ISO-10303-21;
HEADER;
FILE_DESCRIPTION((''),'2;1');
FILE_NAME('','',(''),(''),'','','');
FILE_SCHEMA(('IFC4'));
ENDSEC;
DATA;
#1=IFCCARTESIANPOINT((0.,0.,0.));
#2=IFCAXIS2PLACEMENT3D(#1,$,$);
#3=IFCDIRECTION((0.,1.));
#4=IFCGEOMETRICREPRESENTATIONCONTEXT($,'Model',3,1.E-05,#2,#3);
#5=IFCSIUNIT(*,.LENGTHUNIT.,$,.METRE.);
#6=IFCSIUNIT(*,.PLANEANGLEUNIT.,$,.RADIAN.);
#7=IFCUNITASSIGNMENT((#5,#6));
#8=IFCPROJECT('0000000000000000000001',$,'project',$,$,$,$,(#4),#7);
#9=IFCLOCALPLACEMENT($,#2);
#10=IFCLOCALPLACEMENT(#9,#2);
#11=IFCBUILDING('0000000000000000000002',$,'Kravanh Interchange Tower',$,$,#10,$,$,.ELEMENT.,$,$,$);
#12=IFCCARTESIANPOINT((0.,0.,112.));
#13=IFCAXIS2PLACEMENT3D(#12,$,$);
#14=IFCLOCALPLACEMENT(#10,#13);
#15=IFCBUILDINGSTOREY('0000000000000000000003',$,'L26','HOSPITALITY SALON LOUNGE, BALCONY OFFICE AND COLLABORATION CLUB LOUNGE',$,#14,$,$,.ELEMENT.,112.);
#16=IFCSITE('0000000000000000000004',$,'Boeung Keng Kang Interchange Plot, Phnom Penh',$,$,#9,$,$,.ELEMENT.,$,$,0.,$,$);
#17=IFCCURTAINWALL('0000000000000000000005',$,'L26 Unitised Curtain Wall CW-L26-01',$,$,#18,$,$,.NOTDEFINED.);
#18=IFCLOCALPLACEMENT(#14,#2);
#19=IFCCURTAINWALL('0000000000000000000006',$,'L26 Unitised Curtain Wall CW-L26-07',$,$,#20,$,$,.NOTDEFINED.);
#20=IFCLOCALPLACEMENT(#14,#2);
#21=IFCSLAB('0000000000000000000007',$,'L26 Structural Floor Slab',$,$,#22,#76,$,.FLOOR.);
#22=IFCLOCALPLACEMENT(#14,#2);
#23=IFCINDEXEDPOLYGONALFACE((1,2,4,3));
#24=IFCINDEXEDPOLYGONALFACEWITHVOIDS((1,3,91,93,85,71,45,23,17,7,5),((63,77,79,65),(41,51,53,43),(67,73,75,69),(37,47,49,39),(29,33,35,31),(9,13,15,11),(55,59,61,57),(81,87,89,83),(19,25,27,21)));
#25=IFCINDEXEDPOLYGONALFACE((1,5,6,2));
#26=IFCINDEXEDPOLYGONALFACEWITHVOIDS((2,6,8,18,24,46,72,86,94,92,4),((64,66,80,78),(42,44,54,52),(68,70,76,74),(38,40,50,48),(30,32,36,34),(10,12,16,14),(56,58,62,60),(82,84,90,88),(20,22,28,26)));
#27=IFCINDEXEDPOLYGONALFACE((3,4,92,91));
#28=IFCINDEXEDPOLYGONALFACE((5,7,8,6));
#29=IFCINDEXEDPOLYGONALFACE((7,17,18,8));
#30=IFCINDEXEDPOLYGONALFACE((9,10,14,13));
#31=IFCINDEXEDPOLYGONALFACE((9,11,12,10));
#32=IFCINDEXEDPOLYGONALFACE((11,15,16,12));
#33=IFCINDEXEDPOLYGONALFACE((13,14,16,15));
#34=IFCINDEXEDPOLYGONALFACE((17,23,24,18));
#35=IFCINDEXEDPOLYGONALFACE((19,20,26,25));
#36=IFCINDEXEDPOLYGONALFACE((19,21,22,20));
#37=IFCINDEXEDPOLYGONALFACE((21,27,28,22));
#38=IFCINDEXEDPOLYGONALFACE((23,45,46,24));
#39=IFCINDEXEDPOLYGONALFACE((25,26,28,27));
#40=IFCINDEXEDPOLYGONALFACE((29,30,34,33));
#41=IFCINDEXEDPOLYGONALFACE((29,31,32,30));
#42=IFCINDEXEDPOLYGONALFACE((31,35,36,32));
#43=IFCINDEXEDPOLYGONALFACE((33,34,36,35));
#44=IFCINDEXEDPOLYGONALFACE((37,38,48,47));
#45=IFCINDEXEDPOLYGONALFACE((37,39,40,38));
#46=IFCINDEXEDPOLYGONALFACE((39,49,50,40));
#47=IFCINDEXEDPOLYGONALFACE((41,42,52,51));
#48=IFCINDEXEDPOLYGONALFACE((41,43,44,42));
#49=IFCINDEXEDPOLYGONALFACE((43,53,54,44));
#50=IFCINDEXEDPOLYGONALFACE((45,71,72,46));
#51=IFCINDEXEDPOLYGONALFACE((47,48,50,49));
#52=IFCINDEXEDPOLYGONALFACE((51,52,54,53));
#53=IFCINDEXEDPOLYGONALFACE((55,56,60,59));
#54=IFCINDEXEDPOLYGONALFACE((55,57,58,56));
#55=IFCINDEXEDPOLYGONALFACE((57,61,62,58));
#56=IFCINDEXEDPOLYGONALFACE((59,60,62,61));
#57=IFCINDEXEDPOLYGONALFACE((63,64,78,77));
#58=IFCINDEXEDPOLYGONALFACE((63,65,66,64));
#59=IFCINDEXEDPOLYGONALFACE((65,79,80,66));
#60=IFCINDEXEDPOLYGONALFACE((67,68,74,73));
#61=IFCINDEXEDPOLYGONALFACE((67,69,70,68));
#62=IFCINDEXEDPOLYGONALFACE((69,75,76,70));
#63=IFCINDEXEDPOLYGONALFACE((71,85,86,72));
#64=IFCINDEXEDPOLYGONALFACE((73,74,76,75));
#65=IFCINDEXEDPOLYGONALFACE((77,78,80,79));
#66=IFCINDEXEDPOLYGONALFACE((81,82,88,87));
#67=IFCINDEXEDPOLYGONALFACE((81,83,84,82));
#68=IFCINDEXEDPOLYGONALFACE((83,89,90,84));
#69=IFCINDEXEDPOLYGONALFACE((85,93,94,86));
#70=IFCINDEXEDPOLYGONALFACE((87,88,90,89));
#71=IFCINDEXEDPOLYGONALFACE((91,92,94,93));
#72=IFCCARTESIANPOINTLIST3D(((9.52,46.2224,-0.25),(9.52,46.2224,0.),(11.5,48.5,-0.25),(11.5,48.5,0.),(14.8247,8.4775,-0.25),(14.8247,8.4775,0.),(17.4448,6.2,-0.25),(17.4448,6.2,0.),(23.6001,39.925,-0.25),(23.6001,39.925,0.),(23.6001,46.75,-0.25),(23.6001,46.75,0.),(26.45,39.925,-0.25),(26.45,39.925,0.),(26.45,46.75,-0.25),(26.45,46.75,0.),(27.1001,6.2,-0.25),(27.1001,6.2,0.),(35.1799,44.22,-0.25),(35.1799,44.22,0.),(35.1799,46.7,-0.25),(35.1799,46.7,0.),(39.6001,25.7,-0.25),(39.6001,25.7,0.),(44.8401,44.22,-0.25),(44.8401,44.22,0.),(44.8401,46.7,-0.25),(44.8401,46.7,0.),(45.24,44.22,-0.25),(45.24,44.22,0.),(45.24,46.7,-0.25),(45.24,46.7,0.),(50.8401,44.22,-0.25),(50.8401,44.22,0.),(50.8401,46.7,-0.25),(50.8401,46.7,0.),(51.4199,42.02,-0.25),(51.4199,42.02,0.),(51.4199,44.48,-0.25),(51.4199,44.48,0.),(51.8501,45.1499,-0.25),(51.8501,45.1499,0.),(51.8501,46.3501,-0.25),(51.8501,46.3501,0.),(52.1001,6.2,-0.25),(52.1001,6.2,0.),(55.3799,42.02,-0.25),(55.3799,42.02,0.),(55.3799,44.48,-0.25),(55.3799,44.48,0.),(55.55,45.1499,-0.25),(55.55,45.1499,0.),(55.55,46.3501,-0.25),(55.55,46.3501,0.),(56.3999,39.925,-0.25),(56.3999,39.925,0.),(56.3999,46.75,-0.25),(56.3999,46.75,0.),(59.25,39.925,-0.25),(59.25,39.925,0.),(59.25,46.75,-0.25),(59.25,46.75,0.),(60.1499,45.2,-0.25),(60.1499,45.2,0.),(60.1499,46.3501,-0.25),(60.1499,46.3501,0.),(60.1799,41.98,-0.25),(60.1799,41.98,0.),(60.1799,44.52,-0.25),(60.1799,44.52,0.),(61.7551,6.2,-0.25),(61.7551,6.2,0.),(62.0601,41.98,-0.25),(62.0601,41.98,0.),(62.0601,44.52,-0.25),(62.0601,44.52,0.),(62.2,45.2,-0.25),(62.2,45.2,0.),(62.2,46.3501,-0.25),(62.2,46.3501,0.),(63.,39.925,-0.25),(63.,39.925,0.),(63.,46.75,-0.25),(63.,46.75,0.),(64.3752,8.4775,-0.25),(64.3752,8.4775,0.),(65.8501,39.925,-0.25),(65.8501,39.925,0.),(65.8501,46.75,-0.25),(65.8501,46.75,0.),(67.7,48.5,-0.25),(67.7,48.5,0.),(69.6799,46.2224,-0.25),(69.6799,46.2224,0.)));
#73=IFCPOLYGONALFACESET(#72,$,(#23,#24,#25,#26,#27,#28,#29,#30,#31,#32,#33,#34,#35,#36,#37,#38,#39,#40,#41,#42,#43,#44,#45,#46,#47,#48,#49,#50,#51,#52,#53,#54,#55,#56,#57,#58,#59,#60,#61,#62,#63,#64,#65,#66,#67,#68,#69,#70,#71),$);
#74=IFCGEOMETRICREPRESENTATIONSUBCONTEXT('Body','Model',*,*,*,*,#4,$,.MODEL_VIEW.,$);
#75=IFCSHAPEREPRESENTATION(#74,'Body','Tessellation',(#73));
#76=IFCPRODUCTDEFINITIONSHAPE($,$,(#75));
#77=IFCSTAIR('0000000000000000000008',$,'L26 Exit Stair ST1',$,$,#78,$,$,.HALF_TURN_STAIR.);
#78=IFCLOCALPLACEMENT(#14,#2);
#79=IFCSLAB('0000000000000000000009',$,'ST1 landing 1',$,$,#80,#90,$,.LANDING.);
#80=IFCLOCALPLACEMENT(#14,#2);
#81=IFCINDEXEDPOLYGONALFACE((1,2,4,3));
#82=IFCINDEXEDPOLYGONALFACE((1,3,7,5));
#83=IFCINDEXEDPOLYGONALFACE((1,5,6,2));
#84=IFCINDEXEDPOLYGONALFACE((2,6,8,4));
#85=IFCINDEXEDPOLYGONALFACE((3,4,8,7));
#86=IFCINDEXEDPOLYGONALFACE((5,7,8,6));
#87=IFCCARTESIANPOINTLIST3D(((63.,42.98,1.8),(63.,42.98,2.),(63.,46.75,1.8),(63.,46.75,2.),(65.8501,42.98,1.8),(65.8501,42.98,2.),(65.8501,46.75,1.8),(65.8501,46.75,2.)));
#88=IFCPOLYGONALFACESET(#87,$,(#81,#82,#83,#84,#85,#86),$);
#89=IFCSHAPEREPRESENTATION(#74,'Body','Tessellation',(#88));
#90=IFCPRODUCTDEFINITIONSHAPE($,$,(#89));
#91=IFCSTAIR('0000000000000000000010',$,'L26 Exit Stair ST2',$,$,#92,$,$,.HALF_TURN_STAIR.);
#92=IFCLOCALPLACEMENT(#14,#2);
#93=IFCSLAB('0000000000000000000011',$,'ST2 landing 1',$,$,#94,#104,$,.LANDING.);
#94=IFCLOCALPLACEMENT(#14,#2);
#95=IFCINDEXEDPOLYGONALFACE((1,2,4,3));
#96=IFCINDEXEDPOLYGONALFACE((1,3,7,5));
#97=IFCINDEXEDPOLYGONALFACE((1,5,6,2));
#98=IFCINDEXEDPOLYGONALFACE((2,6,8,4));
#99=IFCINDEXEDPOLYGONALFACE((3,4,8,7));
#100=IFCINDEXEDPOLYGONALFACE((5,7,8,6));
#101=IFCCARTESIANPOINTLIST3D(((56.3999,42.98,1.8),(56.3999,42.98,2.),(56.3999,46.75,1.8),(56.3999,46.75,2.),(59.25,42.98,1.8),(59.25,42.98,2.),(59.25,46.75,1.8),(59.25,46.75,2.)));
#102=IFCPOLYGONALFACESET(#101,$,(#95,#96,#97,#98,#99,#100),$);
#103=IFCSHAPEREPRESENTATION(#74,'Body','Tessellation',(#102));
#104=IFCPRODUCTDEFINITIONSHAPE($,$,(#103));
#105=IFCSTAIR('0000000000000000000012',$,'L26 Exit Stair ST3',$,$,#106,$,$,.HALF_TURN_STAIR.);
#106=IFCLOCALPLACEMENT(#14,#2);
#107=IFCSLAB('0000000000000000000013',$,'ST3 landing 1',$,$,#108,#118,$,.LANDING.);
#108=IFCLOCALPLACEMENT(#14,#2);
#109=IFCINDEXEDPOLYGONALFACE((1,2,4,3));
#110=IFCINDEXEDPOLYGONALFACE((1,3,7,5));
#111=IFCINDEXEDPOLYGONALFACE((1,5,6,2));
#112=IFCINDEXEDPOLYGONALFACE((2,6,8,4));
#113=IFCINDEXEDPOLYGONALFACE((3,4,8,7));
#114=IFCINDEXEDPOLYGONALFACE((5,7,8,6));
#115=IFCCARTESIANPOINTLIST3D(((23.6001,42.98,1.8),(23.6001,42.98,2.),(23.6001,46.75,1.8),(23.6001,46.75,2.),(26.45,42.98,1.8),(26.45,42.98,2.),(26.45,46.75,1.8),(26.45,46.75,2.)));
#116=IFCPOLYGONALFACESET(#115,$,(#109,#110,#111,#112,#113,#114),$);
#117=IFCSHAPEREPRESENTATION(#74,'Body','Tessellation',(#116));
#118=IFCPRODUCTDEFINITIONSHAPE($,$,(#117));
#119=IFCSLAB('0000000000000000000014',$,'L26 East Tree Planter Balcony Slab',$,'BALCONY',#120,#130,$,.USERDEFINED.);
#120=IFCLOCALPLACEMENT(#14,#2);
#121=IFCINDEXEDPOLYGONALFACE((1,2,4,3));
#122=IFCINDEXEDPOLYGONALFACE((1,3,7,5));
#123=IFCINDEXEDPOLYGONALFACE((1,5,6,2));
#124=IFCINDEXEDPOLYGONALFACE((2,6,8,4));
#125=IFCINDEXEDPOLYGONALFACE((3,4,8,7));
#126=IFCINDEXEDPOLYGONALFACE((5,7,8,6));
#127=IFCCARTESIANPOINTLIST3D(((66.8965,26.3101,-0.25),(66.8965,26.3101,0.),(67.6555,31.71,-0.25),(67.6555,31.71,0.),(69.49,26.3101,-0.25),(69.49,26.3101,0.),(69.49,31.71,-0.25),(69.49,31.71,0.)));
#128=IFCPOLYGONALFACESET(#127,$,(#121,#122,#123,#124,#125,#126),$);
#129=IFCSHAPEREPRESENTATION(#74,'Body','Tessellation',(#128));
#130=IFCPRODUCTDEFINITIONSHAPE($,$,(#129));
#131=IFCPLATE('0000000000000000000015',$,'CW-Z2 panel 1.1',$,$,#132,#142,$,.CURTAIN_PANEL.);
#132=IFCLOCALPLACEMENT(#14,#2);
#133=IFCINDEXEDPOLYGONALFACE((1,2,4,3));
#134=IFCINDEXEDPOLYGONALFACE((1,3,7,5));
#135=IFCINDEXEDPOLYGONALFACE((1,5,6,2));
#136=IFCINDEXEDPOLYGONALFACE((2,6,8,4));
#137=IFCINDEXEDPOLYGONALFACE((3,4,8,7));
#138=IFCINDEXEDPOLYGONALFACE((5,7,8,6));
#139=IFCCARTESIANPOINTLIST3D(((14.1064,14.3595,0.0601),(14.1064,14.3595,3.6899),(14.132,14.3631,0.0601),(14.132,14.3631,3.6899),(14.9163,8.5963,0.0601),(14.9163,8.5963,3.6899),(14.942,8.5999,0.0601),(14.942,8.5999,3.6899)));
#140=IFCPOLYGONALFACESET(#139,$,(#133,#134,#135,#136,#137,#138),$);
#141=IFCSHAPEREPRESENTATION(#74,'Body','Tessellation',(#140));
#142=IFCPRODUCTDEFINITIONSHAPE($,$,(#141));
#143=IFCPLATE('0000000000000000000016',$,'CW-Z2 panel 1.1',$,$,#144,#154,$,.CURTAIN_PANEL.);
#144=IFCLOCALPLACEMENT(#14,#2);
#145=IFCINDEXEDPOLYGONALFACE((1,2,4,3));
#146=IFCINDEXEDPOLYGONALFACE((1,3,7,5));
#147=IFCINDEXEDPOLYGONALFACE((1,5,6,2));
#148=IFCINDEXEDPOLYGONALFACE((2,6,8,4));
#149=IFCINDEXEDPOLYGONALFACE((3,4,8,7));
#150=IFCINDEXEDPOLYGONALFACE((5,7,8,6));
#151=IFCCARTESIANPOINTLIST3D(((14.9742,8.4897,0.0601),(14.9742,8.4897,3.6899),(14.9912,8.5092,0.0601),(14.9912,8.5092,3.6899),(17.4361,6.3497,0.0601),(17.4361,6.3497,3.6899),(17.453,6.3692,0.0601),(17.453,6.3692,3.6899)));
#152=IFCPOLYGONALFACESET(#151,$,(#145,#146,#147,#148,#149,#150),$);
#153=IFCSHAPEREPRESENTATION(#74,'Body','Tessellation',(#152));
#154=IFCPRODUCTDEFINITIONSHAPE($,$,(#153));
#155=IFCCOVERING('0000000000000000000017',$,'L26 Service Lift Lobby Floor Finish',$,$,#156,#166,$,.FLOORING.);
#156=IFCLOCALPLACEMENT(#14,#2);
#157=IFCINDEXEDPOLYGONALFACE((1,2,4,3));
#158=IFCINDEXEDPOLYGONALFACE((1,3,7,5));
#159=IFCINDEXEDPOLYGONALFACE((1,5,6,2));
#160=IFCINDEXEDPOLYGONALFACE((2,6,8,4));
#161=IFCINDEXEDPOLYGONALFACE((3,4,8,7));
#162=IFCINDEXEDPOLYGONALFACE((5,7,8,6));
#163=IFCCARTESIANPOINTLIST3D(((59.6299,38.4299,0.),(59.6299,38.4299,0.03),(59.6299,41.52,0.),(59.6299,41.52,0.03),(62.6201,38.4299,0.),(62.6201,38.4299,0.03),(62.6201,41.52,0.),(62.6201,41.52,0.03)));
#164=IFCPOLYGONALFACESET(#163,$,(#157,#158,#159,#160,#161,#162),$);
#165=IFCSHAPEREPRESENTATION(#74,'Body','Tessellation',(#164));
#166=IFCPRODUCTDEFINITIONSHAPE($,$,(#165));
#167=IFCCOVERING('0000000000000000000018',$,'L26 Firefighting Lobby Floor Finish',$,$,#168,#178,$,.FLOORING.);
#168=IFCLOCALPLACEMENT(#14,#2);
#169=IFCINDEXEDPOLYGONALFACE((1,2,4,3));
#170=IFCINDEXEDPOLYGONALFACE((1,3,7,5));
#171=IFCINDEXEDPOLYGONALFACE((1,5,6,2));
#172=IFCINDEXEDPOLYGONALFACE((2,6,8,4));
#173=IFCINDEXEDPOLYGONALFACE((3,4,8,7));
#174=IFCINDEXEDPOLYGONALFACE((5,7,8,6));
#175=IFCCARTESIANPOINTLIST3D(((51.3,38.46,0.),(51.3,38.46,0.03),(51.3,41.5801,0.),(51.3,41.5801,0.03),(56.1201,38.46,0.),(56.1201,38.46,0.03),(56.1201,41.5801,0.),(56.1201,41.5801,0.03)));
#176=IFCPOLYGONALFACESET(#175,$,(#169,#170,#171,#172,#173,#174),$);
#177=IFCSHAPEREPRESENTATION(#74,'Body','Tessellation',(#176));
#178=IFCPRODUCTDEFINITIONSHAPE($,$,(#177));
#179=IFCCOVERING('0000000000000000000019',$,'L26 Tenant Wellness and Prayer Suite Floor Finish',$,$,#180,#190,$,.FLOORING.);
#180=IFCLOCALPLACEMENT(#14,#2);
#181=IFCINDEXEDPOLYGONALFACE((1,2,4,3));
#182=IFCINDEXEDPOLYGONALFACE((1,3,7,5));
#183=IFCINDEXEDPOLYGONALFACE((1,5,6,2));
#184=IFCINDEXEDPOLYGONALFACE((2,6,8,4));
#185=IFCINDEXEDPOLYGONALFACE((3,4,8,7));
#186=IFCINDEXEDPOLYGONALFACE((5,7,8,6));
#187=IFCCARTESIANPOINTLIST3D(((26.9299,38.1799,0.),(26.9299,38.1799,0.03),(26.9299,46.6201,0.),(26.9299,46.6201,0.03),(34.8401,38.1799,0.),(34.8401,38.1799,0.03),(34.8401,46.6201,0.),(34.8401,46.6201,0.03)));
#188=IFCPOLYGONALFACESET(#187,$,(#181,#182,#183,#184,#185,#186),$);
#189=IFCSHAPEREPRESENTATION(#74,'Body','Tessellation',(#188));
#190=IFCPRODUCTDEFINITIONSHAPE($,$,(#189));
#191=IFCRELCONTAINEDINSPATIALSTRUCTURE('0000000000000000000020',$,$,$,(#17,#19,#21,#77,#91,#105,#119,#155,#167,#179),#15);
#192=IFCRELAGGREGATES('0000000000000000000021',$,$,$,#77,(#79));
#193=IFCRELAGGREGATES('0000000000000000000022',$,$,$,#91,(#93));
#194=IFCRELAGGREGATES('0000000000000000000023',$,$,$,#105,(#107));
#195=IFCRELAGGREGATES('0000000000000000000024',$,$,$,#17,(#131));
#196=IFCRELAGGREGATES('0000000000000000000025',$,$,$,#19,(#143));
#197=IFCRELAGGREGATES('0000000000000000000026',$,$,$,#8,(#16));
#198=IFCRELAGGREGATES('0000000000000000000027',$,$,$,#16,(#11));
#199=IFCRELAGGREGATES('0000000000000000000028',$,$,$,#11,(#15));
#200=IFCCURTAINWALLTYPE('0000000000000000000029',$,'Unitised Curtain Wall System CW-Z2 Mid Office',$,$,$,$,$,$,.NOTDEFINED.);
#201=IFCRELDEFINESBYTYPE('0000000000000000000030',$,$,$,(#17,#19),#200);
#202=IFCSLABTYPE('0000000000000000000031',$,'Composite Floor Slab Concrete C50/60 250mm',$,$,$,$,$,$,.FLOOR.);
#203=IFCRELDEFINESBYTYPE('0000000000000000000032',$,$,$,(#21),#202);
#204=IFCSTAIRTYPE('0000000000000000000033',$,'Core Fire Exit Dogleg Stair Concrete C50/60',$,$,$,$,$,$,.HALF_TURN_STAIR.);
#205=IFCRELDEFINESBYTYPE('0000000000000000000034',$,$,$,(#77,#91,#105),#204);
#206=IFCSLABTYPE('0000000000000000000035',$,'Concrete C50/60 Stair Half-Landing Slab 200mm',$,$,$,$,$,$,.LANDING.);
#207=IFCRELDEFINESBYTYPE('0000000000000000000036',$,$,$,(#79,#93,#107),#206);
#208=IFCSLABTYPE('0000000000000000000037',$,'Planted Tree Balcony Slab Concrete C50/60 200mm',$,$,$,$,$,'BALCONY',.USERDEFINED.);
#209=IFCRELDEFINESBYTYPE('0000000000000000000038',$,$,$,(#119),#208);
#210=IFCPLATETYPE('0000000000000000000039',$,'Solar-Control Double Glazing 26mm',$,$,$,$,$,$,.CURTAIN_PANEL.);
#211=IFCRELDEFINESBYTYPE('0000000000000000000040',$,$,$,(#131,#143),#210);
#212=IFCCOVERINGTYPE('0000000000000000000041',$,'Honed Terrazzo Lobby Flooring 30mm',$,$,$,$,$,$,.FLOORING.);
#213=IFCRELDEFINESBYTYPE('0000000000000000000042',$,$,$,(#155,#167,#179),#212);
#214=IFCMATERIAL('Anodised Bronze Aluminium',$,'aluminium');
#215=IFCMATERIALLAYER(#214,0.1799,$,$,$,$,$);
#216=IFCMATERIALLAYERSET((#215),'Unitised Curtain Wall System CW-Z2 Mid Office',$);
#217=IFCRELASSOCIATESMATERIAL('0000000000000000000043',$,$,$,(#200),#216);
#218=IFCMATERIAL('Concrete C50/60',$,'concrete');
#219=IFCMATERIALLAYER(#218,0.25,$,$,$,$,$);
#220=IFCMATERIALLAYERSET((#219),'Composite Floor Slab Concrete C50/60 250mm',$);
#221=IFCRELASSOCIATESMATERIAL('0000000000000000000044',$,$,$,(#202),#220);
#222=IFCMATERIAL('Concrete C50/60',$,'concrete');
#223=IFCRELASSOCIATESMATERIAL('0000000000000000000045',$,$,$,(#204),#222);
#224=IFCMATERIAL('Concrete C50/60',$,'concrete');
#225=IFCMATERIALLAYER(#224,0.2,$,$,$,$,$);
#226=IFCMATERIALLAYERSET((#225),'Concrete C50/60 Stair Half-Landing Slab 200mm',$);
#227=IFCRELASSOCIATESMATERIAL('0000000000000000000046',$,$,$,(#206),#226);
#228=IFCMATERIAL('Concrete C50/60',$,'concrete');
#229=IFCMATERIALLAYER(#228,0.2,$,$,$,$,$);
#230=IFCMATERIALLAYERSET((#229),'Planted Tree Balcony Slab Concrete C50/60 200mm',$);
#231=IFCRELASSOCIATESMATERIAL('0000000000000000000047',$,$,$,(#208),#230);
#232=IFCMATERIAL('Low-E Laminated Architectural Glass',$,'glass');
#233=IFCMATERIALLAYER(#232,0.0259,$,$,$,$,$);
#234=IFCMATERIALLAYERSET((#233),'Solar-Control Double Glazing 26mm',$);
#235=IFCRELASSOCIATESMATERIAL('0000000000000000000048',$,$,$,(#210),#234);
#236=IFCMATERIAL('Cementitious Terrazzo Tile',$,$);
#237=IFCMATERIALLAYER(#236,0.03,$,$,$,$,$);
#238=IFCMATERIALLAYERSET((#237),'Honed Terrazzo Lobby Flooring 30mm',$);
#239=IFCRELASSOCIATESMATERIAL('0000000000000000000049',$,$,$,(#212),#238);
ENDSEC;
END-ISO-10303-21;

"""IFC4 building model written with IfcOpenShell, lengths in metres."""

from ifc_helpers import new_model, si_unit, direction, frame, origin, origin_2d, place, context, subcontext, project, spatial, polyline, rectangle, outline, extrude, material, layer, layer_set, type_object, element, aggregate, save


model = new_model("IFC4")

# Units and contexts
model_context = context("Model", 3, precision=1e-05, world=origin(), true_north=direction((0.0, 1.0)))
body_context = subcontext(model_context, "Body", "Model", "MODEL_VIEW")
ifc_project = project(units=[si_unit("LENGTHUNIT", "METRE"), si_unit("PLANEANGLEUNIT", "RADIAN")], contexts=[model_context])

# Site, building, storey
site_placement = place(None, origin())
site = spatial("IfcSite", under=ifc_project, at=site_placement, Name="Boeung Keng Kang Interchange Plot, Phnom Penh", CompositionType="ELEMENT", RefElevation=0.0)
building_placement = place(site_placement, origin())
building = spatial("IfcBuilding", under=site, at=building_placement, Name="Kravanh Interchange Tower", CompositionType="ELEMENT")
storey_placement = place(building_placement, frame((0.0, 0.0, 112.0)))
storey = spatial("IfcBuildingStorey", under=building, at=storey_placement, Name="L26", Description="HOSPITALITY SALON LOUNGE, BALCONY OFFICE AND COLLABORATION CLUB LOUNGE", CompositionType="ELEMENT", Elevation=112.0)

# Curtain wall
ifc_material_1 = material(Name="Anodised Bronze Aluminium", Category="aluminium")
ifc_layer_1 = layer(ifc_material_1, 0.1799)
ifc_layer_set_1 = layer_set([ifc_layer_1], Name="Unitised Curtain Wall System CW-Z2 Mid Office")
curtain_wall_type = type_object("IfcCurtainWallType", Name="Unitised Curtain Wall System CW-Z2 Mid Office", PredefinedType="NOTDEFINED", material=ifc_layer_set_1)
curtain_wall_1_placement = place(storey_placement, origin())
curtain_wall_1 = element("IfcCurtainWall", 1, at=curtain_wall_1_placement, inside=storey, type_object=curtain_wall_type, Name="L26 Unitised Curtain Wall CW-L26-01", PredefinedType="NOTDEFINED")

# Curtain wall
curtain_wall_2_placement = place(storey_placement, origin())
curtain_wall_2 = element("IfcCurtainWall", 2, at=curtain_wall_2_placement, inside=storey, type_object=curtain_wall_type, Name="L26 Unitised Curtain Wall CW-L26-07", PredefinedType="NOTDEFINED")

# Slab
ifc_material_2 = material(Name="Concrete C50/60", Category="concrete")
ifc_layer_2 = layer(ifc_material_2, 0.25)
ifc_layer_set_2 = layer_set([ifc_layer_2], Name="Composite Floor Slab Concrete C50/60 250mm")
slab_type_1 = type_object("IfcSlabType", Name="Composite Floor Slab Concrete C50/60 250mm", PredefinedType="FLOOR", material=ifc_layer_set_2)
slab_1_placement = place(storey_placement, frame((0.0, 0.0, -0.25)))
element("IfcSlab", 3, at=slab_1_placement, inside=storey, type_object=slab_type_1, Name="L26 Structural Floor Slab", PredefinedType="FLOOR", context=body_context, shape_type="SweptSolid", body=[
    extrude(outline(polyline([(14.8247, 8.4775), (17.4448, 6.2), (27.1001, 6.2), (39.6001, 25.7), (52.1001, 6.2), (61.7551, 6.2), (64.3752, 8.4775), (69.6799, 46.2224), (67.7, 48.5), (11.5, 48.5), (9.52, 46.2224), (14.8247, 8.4775)]), holes=[polyline([(65.8501, 39.925), (65.8501, 46.75), (63.0, 46.75), (63.0, 39.925), (65.8501, 39.925)]), polyline([(59.25, 39.925), (59.25, 46.75), (56.3999, 46.75), (56.3999, 39.925), (59.25, 39.925)]), polyline([(26.45, 39.925), (26.45, 46.75), (23.6001, 46.75), (23.6001, 39.925), (26.45, 39.925)]), polyline([(35.1799, 44.22), (44.8401, 44.22), (44.8401, 46.7), (35.1799, 46.7), (35.1799, 44.22)]), polyline([(45.24, 44.22), (50.8401, 44.22), (50.8401, 46.7), (45.24, 46.7), (45.24, 44.22)]), polyline([(51.4199, 42.02), (55.3799, 42.02), (55.3799, 44.48), (51.4199, 44.48), (51.4199, 42.02)]), polyline([(60.1799, 41.98), (62.0601, 41.98), (62.0601, 44.52), (60.1799, 44.52), (60.1799, 41.98)]), polyline([(60.1499, 45.2), (62.2, 45.2), (62.2, 46.3501), (60.1499, 46.3501), (60.1499, 45.2)]), polyline([(51.8501, 45.1499), (55.55, 45.1499), (55.55, 46.3501), (51.8501, 46.3501), (51.8501, 45.1499)])]), origin(), (0.0, 0.0, 1.0), 0.25),
])

# Stairs, slabs
ifc_material_3 = material(Name="Concrete C50/60", Category="concrete")
stair_type = type_object("IfcStairType", Name="Core Fire Exit Dogleg Stair Concrete C50/60", PredefinedType="HALF_TURN_STAIR", material=ifc_material_3)
stair_1_placement = place(storey_placement, origin())
stair_1 = element("IfcStair", 4, at=stair_1_placement, inside=storey, type_object=stair_type, Name="L26 Exit Stair ST1", PredefinedType="HALF_TURN_STAIR")
ifc_material_4 = material(Name="Concrete C50/60", Category="concrete")
ifc_layer_3 = layer(ifc_material_4, 0.2)
ifc_layer_set_3 = layer_set([ifc_layer_3], Name="Concrete C50/60 Stair Half-Landing Slab 200mm")
slab_type_2 = type_object("IfcSlabType", Name="Concrete C50/60 Stair Half-Landing Slab 200mm", PredefinedType="LANDING", material=ifc_layer_set_3)
slab_2_placement = place(storey_placement, frame((0.0, 0.0, 1.8)))
slab_2 = element("IfcSlab", 5, at=slab_2_placement, type_object=slab_type_2, Name="ST1 landing 1", PredefinedType="LANDING", context=body_context, shape_type="SweptSolid", body=[
    extrude(outline(polyline([(65.8501, 42.98), (65.8501, 46.75), (63.0, 46.75), (63.0, 42.98), (65.8501, 42.98)])), origin(), (0.0, 0.0, 1.0), 0.2),
])
aggregate(stair_1, [slab_2])
stair_2_placement = place(storey_placement, origin())
stair_2 = element("IfcStair", 6, at=stair_2_placement, inside=storey, type_object=stair_type, Name="L26 Exit Stair ST2", PredefinedType="HALF_TURN_STAIR")
slab_3_placement = place(storey_placement, frame((0.0, 0.0, 1.8)))
slab_3 = element("IfcSlab", 7, at=slab_3_placement, type_object=slab_type_2, Name="ST2 landing 1", PredefinedType="LANDING", context=body_context, shape_type="SweptSolid", body=[
    extrude(outline(polyline([(59.25, 42.98), (59.25, 46.75), (56.3999, 46.75), (56.3999, 42.98), (59.25, 42.98)])), origin(), (0.0, 0.0, 1.0), 0.2),
])
aggregate(stair_2, [slab_3])
stair_3_placement = place(storey_placement, origin())
stair_3 = element("IfcStair", 8, at=stair_3_placement, inside=storey, type_object=stair_type, Name="L26 Exit Stair ST3", PredefinedType="HALF_TURN_STAIR")
slab_4_placement = place(storey_placement, frame((0.0, 0.0, 1.8)))
slab_4 = element("IfcSlab", 9, at=slab_4_placement, type_object=slab_type_2, Name="ST3 landing 1", PredefinedType="LANDING", context=body_context, shape_type="SweptSolid", body=[
    extrude(outline(polyline([(26.45, 42.98), (26.45, 46.75), (23.6001, 46.75), (23.6001, 42.98), (26.45, 42.98)])), origin(), (0.0, 0.0, 1.0), 0.2),
])
aggregate(stair_3, [slab_4])

# Slab
ifc_material_5 = material(Name="Concrete C50/60", Category="concrete")
ifc_layer_4 = layer(ifc_material_5, 0.2)
ifc_layer_set_4 = layer_set([ifc_layer_4], Name="Planted Tree Balcony Slab Concrete C50/60 200mm")
slab_type_3 = type_object("IfcSlabType", Name="Planted Tree Balcony Slab Concrete C50/60 200mm", ElementType="BALCONY", PredefinedType="USERDEFINED", material=ifc_layer_set_4)
slab_5_placement = place(storey_placement, frame((0.0, 0.0, -0.25)))
element("IfcSlab", 10, at=slab_5_placement, inside=storey, type_object=slab_type_3, Name="L26 East Tree Planter Balcony Slab", ObjectType="BALCONY", PredefinedType="USERDEFINED", context=body_context, shape_type="SweptSolid", body=[
    extrude(outline(polyline([(69.49, 31.71), (69.49, 26.3101), (66.8965, 26.3101), (67.6555, 31.71), (69.49, 31.71)])), origin(), (0.0, 0.0, 1.0), 0.25),
])

# Plates
ifc_material_6 = material(Name="Low-E Laminated Architectural Glass", Category="glass")
ifc_layer_5 = layer(ifc_material_6, 0.0259)
ifc_layer_set_5 = layer_set([ifc_layer_5], Name="Solar-Control Double Glazing 26mm")
plate_type = type_object("IfcPlateType", Name="Solar-Control Double Glazing 26mm", PredefinedType="CURTAIN_PANEL", material=ifc_layer_set_5)
plate_1_placement = place(storey_placement, frame((14.5242, 11.4797, 0.0601), z_axis=(0.0, 0.0, 1.0), x_axis=(-0.139173, 0.990268, 0.0)))
plate_1 = element("IfcPlate", 11, at=plate_1_placement, type_object=plate_type, Name="CW-Z2 panel 1.1", PredefinedType="CURTAIN_PANEL", context=body_context, shape_type="SweptSolid", body=[
    extrude(rectangle(XDim=5.8198, YDim=0.0259, at=origin_2d()), origin(), (0.0, 0.0, 1.0), 3.6299),
])
aggregate(curtain_wall_1, [plate_1])
plate_2_placement = place(storey_placement, frame((16.2136, 7.4294, 0.0601), z_axis=(0.0, 0.0, 1.0), x_axis=(-0.754719, 0.656048, 0.0)))
plate_2 = element("IfcPlate", 12, at=plate_2_placement, type_object=plate_type, Name="CW-Z2 panel 1.1", PredefinedType="CURTAIN_PANEL", context=body_context, shape_type="SweptSolid", body=[
    extrude(rectangle(XDim=3.262, YDim=0.0259, at=origin_2d()), origin(), (0.0, 0.0, 1.0), 3.6299),
])
aggregate(curtain_wall_2, [plate_2])

# Coverings
ifc_material_7 = material(Name="Cementitious Terrazzo Tile")
ifc_layer_6 = layer(ifc_material_7, 0.03)
ifc_layer_set_6 = layer_set([ifc_layer_6], Name="Honed Terrazzo Lobby Flooring 30mm")
covering_type_1 = type_object("IfcCoveringType", Name="Honed Terrazzo Lobby Flooring 30mm", PredefinedType="FLOORING", material=ifc_layer_set_6)
covering_1_placement = place(storey_placement, origin())
element("IfcCovering", 13, at=covering_1_placement, inside=storey, type_object=covering_type_1, Name="L26 Service Lift Lobby Floor Finish", PredefinedType="FLOORING", context=body_context, shape_type="SweptSolid", body=[
    extrude(outline(polyline([(59.6299, 41.52), (62.6201, 41.52), (62.6201, 38.4299), (59.6299, 38.4299), (59.6299, 41.52)])), origin(), (0.0, 0.0, 1.0), 0.03),
])
covering_2_placement = place(storey_placement, origin())
element("IfcCovering", 14, at=covering_2_placement, inside=storey, type_object=covering_type_1, Name="L26 Firefighting Lobby Floor Finish", PredefinedType="FLOORING", context=body_context, shape_type="SweptSolid", body=[
    extrude(outline(polyline([(56.1201, 38.46), (51.3, 38.46), (51.3, 41.5801), (56.1201, 41.5801), (56.1201, 38.46)])), origin(), (0.0, 0.0, 1.0), 0.03),
])
covering_3_placement = place(storey_placement, origin())
element("IfcCovering", 15, at=covering_3_placement, inside=storey, type_object=covering_type_1, Name="L26 Tenant Wellness and Prayer Suite Floor Finish", PredefinedType="FLOORING", context=body_context, shape_type="SweptSolid", body=[
    extrude(outline(polyline([(26.9299, 46.6201), (34.8401, 46.6201), (34.8401, 38.1799), (26.9299, 38.1799), (26.9299, 46.6201)])), origin(), (0.0, 0.0, 1.0), 0.03),
])

save(model, "model.ifc")
